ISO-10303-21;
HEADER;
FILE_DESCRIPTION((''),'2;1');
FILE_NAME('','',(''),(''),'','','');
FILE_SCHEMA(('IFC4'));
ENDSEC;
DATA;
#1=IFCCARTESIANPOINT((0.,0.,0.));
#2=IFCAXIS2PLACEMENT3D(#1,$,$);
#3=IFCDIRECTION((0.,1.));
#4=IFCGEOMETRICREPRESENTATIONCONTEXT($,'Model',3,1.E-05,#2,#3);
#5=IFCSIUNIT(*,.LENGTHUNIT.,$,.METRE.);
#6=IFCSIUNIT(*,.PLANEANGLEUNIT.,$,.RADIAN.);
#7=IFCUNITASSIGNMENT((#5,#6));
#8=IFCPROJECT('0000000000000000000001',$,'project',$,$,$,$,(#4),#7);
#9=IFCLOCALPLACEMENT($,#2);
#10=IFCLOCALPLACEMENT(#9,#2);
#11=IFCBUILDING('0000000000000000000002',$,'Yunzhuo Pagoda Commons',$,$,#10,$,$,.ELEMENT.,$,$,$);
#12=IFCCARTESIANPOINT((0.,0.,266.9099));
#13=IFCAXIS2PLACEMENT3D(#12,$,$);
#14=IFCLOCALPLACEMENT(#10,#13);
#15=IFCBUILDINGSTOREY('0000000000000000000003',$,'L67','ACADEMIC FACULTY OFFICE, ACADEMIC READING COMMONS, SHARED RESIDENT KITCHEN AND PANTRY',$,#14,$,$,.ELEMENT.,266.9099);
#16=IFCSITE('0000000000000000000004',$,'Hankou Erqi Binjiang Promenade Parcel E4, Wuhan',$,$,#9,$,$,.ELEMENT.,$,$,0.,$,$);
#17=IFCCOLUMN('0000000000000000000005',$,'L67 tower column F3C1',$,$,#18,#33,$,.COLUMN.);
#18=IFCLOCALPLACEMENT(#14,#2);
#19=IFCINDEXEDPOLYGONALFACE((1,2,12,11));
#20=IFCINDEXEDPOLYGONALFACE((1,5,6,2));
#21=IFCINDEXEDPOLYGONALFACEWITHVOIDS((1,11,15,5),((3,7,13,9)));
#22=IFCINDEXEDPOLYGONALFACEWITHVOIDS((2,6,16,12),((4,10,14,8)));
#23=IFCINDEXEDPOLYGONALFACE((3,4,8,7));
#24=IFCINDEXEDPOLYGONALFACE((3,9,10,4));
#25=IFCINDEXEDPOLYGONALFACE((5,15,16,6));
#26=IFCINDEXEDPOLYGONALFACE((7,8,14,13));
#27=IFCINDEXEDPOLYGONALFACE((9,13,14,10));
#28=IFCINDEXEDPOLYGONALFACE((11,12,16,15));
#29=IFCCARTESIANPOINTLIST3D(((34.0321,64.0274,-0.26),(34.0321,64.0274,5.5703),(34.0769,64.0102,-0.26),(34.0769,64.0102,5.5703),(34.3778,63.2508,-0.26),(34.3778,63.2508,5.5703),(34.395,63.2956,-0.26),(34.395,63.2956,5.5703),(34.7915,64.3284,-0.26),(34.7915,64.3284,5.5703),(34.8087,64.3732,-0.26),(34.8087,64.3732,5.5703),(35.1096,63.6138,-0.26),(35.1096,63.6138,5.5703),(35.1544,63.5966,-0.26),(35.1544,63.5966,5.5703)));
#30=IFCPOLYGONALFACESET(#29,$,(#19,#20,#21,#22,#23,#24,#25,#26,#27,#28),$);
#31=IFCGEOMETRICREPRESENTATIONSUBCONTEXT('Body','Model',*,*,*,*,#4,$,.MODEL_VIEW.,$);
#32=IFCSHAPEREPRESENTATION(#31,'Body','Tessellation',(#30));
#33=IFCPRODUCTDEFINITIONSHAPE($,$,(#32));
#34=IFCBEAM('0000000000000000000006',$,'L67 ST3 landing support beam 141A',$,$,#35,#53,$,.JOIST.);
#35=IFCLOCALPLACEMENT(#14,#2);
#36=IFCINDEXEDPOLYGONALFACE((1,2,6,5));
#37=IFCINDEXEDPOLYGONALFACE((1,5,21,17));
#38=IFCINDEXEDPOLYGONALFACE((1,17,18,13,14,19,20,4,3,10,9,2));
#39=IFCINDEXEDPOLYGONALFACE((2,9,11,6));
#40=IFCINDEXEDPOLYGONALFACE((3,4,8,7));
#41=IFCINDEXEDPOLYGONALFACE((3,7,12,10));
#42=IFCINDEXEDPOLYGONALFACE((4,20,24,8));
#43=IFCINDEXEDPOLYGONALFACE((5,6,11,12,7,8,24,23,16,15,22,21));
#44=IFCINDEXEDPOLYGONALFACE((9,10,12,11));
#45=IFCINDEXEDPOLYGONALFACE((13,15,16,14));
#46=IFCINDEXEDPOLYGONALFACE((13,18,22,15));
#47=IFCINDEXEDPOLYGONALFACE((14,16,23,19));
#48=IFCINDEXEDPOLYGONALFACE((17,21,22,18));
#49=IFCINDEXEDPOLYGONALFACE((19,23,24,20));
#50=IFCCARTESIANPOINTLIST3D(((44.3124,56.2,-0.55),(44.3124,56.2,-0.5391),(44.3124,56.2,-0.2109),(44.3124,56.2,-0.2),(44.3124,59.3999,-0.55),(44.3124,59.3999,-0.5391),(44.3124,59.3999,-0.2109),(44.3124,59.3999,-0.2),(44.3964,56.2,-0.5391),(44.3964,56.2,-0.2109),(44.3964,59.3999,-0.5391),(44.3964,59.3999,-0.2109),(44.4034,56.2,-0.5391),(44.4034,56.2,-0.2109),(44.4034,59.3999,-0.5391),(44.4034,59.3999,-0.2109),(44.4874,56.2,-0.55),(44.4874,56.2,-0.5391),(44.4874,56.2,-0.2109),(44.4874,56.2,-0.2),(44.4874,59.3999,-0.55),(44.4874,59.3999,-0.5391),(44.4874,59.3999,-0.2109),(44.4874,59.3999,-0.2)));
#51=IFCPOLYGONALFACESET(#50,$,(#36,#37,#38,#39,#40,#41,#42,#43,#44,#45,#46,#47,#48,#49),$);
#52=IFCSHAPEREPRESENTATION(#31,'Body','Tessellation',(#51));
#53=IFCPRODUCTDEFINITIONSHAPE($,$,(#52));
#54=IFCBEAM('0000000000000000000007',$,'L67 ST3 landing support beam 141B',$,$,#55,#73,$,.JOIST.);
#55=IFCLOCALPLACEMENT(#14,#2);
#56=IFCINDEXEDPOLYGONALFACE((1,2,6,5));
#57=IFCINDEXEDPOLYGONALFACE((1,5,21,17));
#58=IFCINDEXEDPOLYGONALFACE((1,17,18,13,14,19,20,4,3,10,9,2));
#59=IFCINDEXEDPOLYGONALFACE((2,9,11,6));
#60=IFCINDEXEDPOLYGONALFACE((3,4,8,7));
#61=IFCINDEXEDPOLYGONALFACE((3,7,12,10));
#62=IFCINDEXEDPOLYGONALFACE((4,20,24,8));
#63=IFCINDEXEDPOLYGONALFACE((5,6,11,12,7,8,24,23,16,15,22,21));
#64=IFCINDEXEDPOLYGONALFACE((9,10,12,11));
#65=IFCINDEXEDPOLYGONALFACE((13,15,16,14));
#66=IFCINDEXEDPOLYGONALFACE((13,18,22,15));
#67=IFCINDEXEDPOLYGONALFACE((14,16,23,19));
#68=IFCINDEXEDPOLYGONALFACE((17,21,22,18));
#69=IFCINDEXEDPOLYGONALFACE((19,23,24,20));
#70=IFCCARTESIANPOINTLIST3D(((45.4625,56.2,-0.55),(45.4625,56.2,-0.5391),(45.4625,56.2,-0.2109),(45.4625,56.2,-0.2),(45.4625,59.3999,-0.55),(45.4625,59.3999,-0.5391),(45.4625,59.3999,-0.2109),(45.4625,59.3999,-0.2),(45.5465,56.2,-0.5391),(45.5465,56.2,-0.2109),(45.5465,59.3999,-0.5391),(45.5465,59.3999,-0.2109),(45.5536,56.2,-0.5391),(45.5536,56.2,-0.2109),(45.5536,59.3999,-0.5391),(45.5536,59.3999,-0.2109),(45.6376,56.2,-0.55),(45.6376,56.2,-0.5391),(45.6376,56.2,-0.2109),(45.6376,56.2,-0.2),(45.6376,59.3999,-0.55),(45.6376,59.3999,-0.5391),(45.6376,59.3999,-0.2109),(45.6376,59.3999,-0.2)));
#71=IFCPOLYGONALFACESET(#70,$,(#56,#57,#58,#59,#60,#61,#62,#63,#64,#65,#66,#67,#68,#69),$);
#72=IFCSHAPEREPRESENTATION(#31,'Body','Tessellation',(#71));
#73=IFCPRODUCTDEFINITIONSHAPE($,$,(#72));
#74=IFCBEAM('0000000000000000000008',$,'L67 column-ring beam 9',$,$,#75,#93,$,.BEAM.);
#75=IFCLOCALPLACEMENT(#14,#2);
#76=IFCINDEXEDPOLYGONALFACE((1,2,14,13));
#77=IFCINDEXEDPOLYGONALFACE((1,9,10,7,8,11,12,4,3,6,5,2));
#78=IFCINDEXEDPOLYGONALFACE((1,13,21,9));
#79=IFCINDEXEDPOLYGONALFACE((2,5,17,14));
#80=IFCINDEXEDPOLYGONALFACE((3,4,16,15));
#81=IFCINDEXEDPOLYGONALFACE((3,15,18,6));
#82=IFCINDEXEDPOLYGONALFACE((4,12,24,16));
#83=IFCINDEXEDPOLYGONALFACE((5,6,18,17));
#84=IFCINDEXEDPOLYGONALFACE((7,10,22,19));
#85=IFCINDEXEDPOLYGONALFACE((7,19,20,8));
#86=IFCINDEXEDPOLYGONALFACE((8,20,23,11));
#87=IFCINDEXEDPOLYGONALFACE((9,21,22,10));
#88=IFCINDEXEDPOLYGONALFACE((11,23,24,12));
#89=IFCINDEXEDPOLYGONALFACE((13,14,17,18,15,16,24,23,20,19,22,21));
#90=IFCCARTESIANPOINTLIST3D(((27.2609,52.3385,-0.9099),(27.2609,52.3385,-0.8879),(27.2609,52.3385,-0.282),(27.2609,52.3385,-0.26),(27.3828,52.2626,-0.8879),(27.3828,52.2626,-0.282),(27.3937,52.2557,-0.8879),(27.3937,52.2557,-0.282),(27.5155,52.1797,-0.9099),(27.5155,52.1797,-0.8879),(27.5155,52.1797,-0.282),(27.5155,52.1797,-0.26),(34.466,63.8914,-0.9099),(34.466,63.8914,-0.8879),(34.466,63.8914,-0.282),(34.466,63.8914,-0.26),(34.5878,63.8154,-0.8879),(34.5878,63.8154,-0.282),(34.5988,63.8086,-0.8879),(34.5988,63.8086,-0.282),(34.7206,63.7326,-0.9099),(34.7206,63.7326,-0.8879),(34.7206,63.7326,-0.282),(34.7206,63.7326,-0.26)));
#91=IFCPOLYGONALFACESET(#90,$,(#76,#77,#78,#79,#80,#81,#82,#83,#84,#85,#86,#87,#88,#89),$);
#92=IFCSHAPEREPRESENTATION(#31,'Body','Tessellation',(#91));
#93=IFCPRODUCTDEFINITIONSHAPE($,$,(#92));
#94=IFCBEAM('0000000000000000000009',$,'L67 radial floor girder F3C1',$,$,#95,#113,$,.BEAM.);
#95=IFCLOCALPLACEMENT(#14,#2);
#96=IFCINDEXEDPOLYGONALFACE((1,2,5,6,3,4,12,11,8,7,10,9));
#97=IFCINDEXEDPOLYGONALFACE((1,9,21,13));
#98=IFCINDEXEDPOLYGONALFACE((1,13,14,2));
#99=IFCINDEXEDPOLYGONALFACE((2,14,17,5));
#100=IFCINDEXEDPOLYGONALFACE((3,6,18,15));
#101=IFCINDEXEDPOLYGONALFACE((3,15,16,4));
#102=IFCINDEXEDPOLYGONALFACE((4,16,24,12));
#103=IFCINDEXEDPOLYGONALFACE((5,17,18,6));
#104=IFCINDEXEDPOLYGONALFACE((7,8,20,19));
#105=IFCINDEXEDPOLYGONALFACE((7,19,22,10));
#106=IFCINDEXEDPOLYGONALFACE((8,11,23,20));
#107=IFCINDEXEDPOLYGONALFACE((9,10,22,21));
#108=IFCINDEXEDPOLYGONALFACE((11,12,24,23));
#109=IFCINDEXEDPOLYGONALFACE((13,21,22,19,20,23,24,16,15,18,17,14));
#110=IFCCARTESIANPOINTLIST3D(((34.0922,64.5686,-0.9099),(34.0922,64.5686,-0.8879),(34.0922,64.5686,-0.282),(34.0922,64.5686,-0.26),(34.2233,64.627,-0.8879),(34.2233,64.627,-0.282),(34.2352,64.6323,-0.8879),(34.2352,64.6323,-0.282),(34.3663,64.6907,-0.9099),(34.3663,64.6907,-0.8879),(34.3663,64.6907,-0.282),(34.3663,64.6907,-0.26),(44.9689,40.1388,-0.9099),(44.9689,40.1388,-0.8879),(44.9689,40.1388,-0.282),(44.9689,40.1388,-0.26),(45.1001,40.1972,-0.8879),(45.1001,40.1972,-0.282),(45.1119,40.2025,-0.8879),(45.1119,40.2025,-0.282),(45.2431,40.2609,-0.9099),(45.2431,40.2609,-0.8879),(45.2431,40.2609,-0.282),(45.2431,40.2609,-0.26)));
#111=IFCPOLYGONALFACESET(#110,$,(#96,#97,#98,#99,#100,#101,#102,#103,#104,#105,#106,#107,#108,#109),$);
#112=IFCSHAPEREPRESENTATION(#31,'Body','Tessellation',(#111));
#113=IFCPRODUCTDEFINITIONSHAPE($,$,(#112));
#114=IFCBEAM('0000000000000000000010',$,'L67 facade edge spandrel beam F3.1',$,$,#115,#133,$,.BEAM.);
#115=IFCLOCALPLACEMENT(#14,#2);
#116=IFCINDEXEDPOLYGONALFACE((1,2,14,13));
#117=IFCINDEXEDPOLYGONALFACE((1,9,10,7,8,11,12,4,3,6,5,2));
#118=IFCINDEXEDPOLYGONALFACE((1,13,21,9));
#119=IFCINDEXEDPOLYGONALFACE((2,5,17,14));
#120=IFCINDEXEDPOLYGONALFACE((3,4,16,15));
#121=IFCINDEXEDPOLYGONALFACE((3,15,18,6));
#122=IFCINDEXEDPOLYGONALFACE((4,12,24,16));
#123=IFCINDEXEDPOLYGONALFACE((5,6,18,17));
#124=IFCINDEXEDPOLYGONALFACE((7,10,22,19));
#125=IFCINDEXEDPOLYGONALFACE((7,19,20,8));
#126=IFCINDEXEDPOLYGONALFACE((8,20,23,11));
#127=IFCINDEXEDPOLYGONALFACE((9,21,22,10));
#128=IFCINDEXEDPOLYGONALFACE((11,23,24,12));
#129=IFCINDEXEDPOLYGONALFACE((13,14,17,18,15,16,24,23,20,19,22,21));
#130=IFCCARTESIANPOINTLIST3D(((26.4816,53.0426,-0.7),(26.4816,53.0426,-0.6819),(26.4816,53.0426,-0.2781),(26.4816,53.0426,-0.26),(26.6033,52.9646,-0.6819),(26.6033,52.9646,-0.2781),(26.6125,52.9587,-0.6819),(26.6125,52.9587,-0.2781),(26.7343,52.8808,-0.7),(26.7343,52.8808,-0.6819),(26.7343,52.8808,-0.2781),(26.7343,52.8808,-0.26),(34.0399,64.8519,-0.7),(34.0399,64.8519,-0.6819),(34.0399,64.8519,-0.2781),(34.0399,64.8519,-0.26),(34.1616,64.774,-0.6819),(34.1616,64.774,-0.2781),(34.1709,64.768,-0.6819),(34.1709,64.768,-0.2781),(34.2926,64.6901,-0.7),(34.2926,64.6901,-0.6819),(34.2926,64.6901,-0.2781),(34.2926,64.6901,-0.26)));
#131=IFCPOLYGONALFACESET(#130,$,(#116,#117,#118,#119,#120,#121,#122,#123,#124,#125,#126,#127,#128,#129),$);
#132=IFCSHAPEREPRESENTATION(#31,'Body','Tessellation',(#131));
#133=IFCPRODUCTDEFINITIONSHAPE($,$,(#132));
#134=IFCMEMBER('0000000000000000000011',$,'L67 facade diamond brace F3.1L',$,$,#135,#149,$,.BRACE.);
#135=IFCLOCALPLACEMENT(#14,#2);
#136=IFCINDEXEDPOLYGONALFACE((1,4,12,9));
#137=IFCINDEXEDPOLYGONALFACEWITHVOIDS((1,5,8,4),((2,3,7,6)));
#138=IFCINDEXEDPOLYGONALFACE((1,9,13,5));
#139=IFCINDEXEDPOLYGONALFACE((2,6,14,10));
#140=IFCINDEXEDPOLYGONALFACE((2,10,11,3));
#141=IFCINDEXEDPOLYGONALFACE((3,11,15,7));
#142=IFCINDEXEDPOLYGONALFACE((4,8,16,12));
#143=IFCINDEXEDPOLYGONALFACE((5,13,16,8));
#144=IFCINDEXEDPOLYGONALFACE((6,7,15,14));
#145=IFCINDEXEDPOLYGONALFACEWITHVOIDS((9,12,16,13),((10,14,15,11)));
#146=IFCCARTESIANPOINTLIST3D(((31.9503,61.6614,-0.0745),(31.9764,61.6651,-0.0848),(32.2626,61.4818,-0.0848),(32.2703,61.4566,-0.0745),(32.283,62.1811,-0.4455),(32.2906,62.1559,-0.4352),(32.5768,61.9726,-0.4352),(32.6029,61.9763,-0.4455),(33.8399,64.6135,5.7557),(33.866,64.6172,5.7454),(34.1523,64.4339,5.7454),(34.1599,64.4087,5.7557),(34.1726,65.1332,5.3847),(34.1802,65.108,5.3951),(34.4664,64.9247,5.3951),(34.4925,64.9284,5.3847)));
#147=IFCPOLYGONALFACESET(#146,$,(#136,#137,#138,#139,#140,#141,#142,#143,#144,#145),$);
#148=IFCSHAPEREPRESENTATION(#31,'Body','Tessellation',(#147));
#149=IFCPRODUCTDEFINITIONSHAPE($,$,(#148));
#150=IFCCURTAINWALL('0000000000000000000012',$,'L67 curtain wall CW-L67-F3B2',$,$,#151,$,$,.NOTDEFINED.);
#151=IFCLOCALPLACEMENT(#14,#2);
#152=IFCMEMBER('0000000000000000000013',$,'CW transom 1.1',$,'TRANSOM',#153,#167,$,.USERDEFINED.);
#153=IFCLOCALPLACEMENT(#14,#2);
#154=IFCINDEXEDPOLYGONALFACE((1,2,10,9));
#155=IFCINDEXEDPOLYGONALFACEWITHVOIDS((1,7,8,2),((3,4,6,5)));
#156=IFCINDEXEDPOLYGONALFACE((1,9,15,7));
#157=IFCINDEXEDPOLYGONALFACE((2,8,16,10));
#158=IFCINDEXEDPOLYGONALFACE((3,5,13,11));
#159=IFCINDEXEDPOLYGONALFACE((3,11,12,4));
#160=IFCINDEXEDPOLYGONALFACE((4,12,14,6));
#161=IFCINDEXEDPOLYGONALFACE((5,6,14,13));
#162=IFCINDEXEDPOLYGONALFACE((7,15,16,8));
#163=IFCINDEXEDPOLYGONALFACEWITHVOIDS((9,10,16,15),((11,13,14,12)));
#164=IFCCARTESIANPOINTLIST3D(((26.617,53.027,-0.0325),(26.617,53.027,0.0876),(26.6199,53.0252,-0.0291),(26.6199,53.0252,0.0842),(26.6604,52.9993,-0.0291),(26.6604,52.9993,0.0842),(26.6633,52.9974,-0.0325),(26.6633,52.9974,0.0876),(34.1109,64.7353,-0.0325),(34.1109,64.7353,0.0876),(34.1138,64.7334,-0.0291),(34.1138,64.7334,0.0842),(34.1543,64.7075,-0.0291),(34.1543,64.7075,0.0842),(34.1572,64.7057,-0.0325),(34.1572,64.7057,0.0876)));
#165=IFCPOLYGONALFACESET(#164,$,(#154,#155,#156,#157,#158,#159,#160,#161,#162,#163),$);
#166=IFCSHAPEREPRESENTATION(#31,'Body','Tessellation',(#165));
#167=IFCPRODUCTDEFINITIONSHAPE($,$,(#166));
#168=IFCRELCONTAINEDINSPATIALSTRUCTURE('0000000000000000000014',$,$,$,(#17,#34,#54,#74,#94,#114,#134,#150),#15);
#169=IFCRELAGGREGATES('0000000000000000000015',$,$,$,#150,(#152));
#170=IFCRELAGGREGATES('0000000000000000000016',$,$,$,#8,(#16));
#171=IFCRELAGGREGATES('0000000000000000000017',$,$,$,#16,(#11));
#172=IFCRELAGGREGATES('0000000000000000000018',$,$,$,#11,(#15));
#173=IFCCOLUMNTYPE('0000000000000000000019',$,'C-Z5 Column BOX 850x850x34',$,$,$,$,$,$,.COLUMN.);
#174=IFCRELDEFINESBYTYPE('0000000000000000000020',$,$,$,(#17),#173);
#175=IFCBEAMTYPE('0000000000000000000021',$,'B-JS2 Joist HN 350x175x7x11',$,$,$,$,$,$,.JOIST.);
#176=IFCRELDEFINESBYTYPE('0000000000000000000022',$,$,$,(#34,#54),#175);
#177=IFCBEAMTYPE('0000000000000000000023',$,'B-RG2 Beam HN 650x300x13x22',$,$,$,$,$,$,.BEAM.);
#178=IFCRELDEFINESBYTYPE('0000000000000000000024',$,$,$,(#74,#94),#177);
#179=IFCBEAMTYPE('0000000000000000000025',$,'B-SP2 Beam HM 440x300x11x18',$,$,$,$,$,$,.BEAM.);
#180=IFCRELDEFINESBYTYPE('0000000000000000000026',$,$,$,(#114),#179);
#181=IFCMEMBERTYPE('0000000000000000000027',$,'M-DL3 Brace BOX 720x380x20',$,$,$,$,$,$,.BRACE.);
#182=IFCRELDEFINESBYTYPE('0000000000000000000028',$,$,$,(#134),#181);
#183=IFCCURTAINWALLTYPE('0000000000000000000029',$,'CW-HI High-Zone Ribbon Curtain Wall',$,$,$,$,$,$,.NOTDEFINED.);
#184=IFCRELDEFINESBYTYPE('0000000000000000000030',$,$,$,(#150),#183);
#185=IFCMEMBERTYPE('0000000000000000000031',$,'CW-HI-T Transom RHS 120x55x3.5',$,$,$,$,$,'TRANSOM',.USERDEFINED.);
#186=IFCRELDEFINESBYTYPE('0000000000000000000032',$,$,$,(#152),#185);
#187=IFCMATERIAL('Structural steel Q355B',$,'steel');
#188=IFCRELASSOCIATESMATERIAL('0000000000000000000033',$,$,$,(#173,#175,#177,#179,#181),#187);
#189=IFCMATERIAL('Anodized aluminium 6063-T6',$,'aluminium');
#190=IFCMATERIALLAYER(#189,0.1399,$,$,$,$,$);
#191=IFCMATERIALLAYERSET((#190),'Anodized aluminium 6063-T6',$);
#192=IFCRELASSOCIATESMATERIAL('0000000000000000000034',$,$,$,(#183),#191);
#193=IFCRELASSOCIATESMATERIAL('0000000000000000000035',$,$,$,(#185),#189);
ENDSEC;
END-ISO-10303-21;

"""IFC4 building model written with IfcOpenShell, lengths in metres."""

from ifc_helpers import new_model, si_unit, direction, frame, origin, origin_2d, place, context, subcontext, project, spatial, hollow_rectangle, i_section, extrude, source, transform, mapped, material, layer, layer_set, material_profile, profile_set, type_object, element, aggregate, save


model = new_model("IFC4")

# Units and contexts
model_context = context("Model", 3, precision=1e-05, world=origin(), true_north=direction((0.0, 1.0)))
body_context = subcontext(model_context, "Body", "Model", "MODEL_VIEW")
ifc_project = project(units=[si_unit("LENGTHUNIT", "METRE"), si_unit("PLANEANGLEUNIT", "RADIAN")], contexts=[model_context])

# Site, building, storey
site_placement = place(None, origin())
site = spatial("IfcSite", under=ifc_project, at=site_placement, Name="Hankou Erqi Binjiang Promenade Parcel E4, Wuhan", CompositionType="ELEMENT", RefElevation=0.0)
building_placement = place(site_placement, origin())
building = spatial("IfcBuilding", under=site, at=building_placement, Name="Yunzhuo Pagoda Commons", CompositionType="ELEMENT")
storey_placement = place(building_placement, frame((0.0, 0.0, 266.9099)))
storey = spatial("IfcBuildingStorey", under=building, at=storey_placement, Name="L67", Description="ACADEMIC FACULTY OFFICE, ACADEMIC READING COMMONS, SHARED RESIDENT KITCHEN AND PANTRY", CompositionType="ELEMENT", Elevation=266.9099)

# Column
ifc_material_1 = material(Name="Structural steel Q355B", Category="steel")
ifc_material_profile_1 = material_profile(ifc_material_1, hollow_rectangle(XDim=0.8501, YDim=0.8501, WallThickness=0.0339, at=origin_2d()), Name="Structural steel Q355B")
ifc_profile_set_1 = profile_set([ifc_material_profile_1], Name="Structural steel Q355B")
column_type = type_object("IfcColumnType", Name="C-Z5 Column BOX 850x850x34", PredefinedType="COLUMN", material=ifc_profile_set_1)
shared_shape_1 = source(origin(), body_context, "Body", "SweptSolid", [
    extrude(hollow_rectangle(XDim=0.8501, YDim=0.8501, WallThickness=0.0339, at=origin_2d()), origin(), (0.0, 0.0, 1.0), 5.8303),
])
column_placement = place(storey_placement, frame((34.5933, 63.812, -0.26), z_axis=(0.0, 0.0, 1.0), x_axis=(-0.913545, -0.406737, 0.0)))
element("IfcColumn", 1, at=column_placement, inside=storey, type_object=column_type, Name="L67 tower column F3C1", PredefinedType="COLUMN", context=body_context, shape_type="MappedRepresentation", body=[
    mapped(shared_shape_1, transform((0.0, 0.0, 0.0), scale=1.0)),
])

# Beams
ifc_material_profile_2 = material_profile(ifc_material_1, i_section(OverallWidth=0.175, OverallDepth=0.3501, WebThickness=0.0071, FlangeThickness=0.011, at=origin_2d()), Name="Structural steel Q355B")
ifc_profile_set_2 = profile_set([ifc_material_profile_2], Name="Structural steel Q355B")
beam_type_1 = type_object("IfcBeamType", Name="B-JS2 Joist HN 350x175x7x11", PredefinedType="JOIST", material=ifc_profile_set_2)
shared_shape_2 = source(origin(), body_context, "Body", "SweptSolid", [
    extrude(i_section(OverallWidth=0.175, OverallDepth=0.3501, WebThickness=0.0071, FlangeThickness=0.011, at=origin_2d()), origin(), (0.0, 0.0, 1.0), 3.2),
])
for number, where, z_axis, x_axis, name in (
    (2, (44.3999, 56.2, -0.375), (0.0, 1.0, 0.0), (-1.0, 0.0, 0.0), "L67 ST3 landing support beam 141A"),
    (3, (45.55, 56.2, -0.375), (0.0, 1.0, 0.0), (-1.0, 0.0, 0.0), "L67 ST3 landing support beam 141B"),
):
    element("IfcBeam", number, at=place(storey_placement, frame(where, z_axis=z_axis, x_axis=x_axis)), inside=storey, type_object=beam_type_1, Name=name, PredefinedType="JOIST", context=body_context, shape_type="MappedRepresentation", body=[
        mapped(shared_shape_2, transform((0.0, 0.0, 0.0), scale=1.0)),
    ])
ifc_material_profile_3 = material_profile(ifc_material_1, i_section(OverallWidth=0.3, OverallDepth=0.6499, WebThickness=0.0129, FlangeThickness=0.022, at=origin_2d()), Name="Structural steel Q355B")
ifc_profile_set_3 = profile_set([ifc_material_profile_3], Name="Structural steel Q355B")
beam_type_2 = type_object("IfcBeamType", Name="B-RG2 Beam HN 650x300x13x22", PredefinedType="BEAM", material=ifc_profile_set_3)
shared_shape_3 = source(origin(), body_context, "Body", "SweptSolid", [
    extrude(i_section(OverallWidth=0.3, OverallDepth=0.6499, WebThickness=0.0129, FlangeThickness=0.022, at=origin_2d()), origin(), (0.0, 0.0, 1.0), 13.6155),
])
beam_1_placement = place(storey_placement, frame((34.5933, 63.812, -0.585), z_axis=(-0.529178, -0.848511, 0.0), x_axis=(0.848511, -0.529178, 0.0)))
element("IfcBeam", 4, at=beam_1_placement, inside=storey, type_object=beam_type_2, Name="L67 column-ring beam 9", PredefinedType="BEAM", context=body_context, shape_type="MappedRepresentation", body=[
    mapped(shared_shape_3, transform((0.0, 0.0, 0.0), scale=1.0)),
])
shared_shape_4 = source(origin(), body_context, "Body", "SweptSolid", [
    extrude(i_section(OverallWidth=0.3, OverallDepth=0.6499, WebThickness=0.0129, FlangeThickness=0.022, at=origin_2d()), origin(), (0.0, 0.0, 1.0), 26.7417),
])
beam_2_placement = place(storey_placement, frame((34.2292, 64.6296, -0.585), z_axis=(0.406734, -0.913547, 0.0), x_axis=(0.913547, 0.406734, 0.0)))
element("IfcBeam", 5, at=beam_2_placement, inside=storey, type_object=beam_type_2, Name="L67 radial floor girder F3C1", PredefinedType="BEAM", context=body_context, shape_type="MappedRepresentation", body=[
    mapped(shared_shape_4, transform((0.0, 0.0, 0.0), scale=1.0)),
])
ifc_material_profile_4 = material_profile(ifc_material_1, i_section(OverallWidth=0.3, OverallDepth=0.4399, WebThickness=0.011, FlangeThickness=0.0181, at=origin_2d()), Name="Structural steel Q355B")
ifc_profile_set_4 = profile_set([ifc_material_profile_4], Name="Structural steel Q355B")
beam_type_3 = type_object("IfcBeamType", Name="B-SP2 Beam HM 440x300x11x18", PredefinedType="BEAM", material=ifc_profile_set_4)
shared_shape_5 = source(origin(), body_context, "Body", "SweptSolid", [
    extrude(i_section(OverallWidth=0.3, OverallDepth=0.4399, WebThickness=0.011, FlangeThickness=0.0181, at=origin_2d()), origin(), (0.0, 0.0, 1.0), 14.021),
])
beam_3_placement = place(storey_placement, frame((34.1663, 64.771, -0.48), z_axis=(-0.539073, -0.842259, 0.0), x_axis=(0.842259, -0.539073, 0.0)))
element("IfcBeam", 6, at=beam_3_placement, inside=storey, type_object=beam_type_3, Name="L67 facade edge spandrel beam F3.1", PredefinedType="BEAM", context=body_context, shape_type="MappedRepresentation", body=[
    mapped(shared_shape_5, transform((0.0, 0.0, 0.0), scale=1.0)),
])

# Member
ifc_material_profile_5 = material_profile(ifc_material_1, hollow_rectangle(XDim=0.3799, YDim=0.72, WallThickness=0.02, at=origin_2d()), Name="Structural steel Q355B")
ifc_profile_set_5 = profile_set([ifc_material_profile_5], Name="Structural steel Q355B")
member_type_1 = type_object("IfcMemberType", Name="M-DL3 Brace BOX 720x380x20", PredefinedType="BRACE", material=ifc_profile_set_5)
shared_shape_6 = source(origin(), body_context, "Body", "SweptSolid", [
    extrude(hollow_rectangle(XDim=0.3799, YDim=0.72, WallThickness=0.02, at=origin_2d()), origin(), (0.0, 0.0, 1.0), 6.8027),
])
member_1_placement = place(storey_placement, frame((32.2766, 61.8188, -0.26), z_axis=(0.277774, 0.433958, 0.857043), x_axis=(-0.842236, 0.539109, 0.0)))
element("IfcMember", 7, at=member_1_placement, inside=storey, type_object=member_type_1, Name="L67 facade diamond brace F3.1L", PredefinedType="BRACE", context=body_context, shape_type="MappedRepresentation", body=[
    mapped(shared_shape_6, transform((0.0, 0.0, 0.0), scale=1.0)),
])

# Curtain wall, member
ifc_material_2 = material(Name="Anodized aluminium 6063-T6", Category="aluminium")
ifc_layer_1 = layer(ifc_material_2, 0.1399)
ifc_layer_set_1 = layer_set([ifc_layer_1], Name="Anodized aluminium 6063-T6")
curtain_wall_type = type_object("IfcCurtainWallType", Name="CW-HI High-Zone Ribbon Curtain Wall", PredefinedType="NOTDEFINED", material=ifc_layer_set_1)
curtain_wall_1_placement = place(storey_placement, origin())
curtain_wall_1 = element("IfcCurtainWall", 8, at=curtain_wall_1_placement, inside=storey, type_object=curtain_wall_type, Name="L67 curtain wall CW-L67-F3B2", PredefinedType="NOTDEFINED")
ifc_material_profile_6 = material_profile(ifc_material_2, hollow_rectangle(XDim=0.0549, YDim=0.1201, WallThickness=0.0034, at=origin_2d()), Name="Anodized aluminium 6063-T6")
ifc_profile_set_6 = profile_set([ifc_material_profile_6], Name="Anodized aluminium 6063-T6")
member_type_2 = type_object("IfcMemberType", Name="CW-HI-T Transom RHS 120x55x3.5", ElementType="TRANSOM", PredefinedType="USERDEFINED", material=ifc_profile_set_6)
shared_shape_7 = source(origin(), body_context, "Body", "SweptSolid", [
    extrude(hollow_rectangle(XDim=0.0549, YDim=0.1201, WallThickness=0.0034, at=origin_2d()), origin(), (0.0, 0.0, 1.0), 13.9011),
])
member_2_placement = place(storey_placement, frame((34.134, 64.7205, 0.0276), z_axis=(-0.539085, -0.842251, 0.0), x_axis=(0.842251, -0.539085, 0.0)))
member_2 = element("IfcMember", 9, at=member_2_placement, type_object=member_type_2, Name="CW transom 1.1", ObjectType="TRANSOM", PredefinedType="USERDEFINED", context=body_context, shape_type="MappedRepresentation", body=[
    mapped(shared_shape_7, transform((0.0, 0.0, 0.0), scale=1.0)),
])

aggregate(curtain_wall_1, [member_2])

save(model, "model.ifc")
